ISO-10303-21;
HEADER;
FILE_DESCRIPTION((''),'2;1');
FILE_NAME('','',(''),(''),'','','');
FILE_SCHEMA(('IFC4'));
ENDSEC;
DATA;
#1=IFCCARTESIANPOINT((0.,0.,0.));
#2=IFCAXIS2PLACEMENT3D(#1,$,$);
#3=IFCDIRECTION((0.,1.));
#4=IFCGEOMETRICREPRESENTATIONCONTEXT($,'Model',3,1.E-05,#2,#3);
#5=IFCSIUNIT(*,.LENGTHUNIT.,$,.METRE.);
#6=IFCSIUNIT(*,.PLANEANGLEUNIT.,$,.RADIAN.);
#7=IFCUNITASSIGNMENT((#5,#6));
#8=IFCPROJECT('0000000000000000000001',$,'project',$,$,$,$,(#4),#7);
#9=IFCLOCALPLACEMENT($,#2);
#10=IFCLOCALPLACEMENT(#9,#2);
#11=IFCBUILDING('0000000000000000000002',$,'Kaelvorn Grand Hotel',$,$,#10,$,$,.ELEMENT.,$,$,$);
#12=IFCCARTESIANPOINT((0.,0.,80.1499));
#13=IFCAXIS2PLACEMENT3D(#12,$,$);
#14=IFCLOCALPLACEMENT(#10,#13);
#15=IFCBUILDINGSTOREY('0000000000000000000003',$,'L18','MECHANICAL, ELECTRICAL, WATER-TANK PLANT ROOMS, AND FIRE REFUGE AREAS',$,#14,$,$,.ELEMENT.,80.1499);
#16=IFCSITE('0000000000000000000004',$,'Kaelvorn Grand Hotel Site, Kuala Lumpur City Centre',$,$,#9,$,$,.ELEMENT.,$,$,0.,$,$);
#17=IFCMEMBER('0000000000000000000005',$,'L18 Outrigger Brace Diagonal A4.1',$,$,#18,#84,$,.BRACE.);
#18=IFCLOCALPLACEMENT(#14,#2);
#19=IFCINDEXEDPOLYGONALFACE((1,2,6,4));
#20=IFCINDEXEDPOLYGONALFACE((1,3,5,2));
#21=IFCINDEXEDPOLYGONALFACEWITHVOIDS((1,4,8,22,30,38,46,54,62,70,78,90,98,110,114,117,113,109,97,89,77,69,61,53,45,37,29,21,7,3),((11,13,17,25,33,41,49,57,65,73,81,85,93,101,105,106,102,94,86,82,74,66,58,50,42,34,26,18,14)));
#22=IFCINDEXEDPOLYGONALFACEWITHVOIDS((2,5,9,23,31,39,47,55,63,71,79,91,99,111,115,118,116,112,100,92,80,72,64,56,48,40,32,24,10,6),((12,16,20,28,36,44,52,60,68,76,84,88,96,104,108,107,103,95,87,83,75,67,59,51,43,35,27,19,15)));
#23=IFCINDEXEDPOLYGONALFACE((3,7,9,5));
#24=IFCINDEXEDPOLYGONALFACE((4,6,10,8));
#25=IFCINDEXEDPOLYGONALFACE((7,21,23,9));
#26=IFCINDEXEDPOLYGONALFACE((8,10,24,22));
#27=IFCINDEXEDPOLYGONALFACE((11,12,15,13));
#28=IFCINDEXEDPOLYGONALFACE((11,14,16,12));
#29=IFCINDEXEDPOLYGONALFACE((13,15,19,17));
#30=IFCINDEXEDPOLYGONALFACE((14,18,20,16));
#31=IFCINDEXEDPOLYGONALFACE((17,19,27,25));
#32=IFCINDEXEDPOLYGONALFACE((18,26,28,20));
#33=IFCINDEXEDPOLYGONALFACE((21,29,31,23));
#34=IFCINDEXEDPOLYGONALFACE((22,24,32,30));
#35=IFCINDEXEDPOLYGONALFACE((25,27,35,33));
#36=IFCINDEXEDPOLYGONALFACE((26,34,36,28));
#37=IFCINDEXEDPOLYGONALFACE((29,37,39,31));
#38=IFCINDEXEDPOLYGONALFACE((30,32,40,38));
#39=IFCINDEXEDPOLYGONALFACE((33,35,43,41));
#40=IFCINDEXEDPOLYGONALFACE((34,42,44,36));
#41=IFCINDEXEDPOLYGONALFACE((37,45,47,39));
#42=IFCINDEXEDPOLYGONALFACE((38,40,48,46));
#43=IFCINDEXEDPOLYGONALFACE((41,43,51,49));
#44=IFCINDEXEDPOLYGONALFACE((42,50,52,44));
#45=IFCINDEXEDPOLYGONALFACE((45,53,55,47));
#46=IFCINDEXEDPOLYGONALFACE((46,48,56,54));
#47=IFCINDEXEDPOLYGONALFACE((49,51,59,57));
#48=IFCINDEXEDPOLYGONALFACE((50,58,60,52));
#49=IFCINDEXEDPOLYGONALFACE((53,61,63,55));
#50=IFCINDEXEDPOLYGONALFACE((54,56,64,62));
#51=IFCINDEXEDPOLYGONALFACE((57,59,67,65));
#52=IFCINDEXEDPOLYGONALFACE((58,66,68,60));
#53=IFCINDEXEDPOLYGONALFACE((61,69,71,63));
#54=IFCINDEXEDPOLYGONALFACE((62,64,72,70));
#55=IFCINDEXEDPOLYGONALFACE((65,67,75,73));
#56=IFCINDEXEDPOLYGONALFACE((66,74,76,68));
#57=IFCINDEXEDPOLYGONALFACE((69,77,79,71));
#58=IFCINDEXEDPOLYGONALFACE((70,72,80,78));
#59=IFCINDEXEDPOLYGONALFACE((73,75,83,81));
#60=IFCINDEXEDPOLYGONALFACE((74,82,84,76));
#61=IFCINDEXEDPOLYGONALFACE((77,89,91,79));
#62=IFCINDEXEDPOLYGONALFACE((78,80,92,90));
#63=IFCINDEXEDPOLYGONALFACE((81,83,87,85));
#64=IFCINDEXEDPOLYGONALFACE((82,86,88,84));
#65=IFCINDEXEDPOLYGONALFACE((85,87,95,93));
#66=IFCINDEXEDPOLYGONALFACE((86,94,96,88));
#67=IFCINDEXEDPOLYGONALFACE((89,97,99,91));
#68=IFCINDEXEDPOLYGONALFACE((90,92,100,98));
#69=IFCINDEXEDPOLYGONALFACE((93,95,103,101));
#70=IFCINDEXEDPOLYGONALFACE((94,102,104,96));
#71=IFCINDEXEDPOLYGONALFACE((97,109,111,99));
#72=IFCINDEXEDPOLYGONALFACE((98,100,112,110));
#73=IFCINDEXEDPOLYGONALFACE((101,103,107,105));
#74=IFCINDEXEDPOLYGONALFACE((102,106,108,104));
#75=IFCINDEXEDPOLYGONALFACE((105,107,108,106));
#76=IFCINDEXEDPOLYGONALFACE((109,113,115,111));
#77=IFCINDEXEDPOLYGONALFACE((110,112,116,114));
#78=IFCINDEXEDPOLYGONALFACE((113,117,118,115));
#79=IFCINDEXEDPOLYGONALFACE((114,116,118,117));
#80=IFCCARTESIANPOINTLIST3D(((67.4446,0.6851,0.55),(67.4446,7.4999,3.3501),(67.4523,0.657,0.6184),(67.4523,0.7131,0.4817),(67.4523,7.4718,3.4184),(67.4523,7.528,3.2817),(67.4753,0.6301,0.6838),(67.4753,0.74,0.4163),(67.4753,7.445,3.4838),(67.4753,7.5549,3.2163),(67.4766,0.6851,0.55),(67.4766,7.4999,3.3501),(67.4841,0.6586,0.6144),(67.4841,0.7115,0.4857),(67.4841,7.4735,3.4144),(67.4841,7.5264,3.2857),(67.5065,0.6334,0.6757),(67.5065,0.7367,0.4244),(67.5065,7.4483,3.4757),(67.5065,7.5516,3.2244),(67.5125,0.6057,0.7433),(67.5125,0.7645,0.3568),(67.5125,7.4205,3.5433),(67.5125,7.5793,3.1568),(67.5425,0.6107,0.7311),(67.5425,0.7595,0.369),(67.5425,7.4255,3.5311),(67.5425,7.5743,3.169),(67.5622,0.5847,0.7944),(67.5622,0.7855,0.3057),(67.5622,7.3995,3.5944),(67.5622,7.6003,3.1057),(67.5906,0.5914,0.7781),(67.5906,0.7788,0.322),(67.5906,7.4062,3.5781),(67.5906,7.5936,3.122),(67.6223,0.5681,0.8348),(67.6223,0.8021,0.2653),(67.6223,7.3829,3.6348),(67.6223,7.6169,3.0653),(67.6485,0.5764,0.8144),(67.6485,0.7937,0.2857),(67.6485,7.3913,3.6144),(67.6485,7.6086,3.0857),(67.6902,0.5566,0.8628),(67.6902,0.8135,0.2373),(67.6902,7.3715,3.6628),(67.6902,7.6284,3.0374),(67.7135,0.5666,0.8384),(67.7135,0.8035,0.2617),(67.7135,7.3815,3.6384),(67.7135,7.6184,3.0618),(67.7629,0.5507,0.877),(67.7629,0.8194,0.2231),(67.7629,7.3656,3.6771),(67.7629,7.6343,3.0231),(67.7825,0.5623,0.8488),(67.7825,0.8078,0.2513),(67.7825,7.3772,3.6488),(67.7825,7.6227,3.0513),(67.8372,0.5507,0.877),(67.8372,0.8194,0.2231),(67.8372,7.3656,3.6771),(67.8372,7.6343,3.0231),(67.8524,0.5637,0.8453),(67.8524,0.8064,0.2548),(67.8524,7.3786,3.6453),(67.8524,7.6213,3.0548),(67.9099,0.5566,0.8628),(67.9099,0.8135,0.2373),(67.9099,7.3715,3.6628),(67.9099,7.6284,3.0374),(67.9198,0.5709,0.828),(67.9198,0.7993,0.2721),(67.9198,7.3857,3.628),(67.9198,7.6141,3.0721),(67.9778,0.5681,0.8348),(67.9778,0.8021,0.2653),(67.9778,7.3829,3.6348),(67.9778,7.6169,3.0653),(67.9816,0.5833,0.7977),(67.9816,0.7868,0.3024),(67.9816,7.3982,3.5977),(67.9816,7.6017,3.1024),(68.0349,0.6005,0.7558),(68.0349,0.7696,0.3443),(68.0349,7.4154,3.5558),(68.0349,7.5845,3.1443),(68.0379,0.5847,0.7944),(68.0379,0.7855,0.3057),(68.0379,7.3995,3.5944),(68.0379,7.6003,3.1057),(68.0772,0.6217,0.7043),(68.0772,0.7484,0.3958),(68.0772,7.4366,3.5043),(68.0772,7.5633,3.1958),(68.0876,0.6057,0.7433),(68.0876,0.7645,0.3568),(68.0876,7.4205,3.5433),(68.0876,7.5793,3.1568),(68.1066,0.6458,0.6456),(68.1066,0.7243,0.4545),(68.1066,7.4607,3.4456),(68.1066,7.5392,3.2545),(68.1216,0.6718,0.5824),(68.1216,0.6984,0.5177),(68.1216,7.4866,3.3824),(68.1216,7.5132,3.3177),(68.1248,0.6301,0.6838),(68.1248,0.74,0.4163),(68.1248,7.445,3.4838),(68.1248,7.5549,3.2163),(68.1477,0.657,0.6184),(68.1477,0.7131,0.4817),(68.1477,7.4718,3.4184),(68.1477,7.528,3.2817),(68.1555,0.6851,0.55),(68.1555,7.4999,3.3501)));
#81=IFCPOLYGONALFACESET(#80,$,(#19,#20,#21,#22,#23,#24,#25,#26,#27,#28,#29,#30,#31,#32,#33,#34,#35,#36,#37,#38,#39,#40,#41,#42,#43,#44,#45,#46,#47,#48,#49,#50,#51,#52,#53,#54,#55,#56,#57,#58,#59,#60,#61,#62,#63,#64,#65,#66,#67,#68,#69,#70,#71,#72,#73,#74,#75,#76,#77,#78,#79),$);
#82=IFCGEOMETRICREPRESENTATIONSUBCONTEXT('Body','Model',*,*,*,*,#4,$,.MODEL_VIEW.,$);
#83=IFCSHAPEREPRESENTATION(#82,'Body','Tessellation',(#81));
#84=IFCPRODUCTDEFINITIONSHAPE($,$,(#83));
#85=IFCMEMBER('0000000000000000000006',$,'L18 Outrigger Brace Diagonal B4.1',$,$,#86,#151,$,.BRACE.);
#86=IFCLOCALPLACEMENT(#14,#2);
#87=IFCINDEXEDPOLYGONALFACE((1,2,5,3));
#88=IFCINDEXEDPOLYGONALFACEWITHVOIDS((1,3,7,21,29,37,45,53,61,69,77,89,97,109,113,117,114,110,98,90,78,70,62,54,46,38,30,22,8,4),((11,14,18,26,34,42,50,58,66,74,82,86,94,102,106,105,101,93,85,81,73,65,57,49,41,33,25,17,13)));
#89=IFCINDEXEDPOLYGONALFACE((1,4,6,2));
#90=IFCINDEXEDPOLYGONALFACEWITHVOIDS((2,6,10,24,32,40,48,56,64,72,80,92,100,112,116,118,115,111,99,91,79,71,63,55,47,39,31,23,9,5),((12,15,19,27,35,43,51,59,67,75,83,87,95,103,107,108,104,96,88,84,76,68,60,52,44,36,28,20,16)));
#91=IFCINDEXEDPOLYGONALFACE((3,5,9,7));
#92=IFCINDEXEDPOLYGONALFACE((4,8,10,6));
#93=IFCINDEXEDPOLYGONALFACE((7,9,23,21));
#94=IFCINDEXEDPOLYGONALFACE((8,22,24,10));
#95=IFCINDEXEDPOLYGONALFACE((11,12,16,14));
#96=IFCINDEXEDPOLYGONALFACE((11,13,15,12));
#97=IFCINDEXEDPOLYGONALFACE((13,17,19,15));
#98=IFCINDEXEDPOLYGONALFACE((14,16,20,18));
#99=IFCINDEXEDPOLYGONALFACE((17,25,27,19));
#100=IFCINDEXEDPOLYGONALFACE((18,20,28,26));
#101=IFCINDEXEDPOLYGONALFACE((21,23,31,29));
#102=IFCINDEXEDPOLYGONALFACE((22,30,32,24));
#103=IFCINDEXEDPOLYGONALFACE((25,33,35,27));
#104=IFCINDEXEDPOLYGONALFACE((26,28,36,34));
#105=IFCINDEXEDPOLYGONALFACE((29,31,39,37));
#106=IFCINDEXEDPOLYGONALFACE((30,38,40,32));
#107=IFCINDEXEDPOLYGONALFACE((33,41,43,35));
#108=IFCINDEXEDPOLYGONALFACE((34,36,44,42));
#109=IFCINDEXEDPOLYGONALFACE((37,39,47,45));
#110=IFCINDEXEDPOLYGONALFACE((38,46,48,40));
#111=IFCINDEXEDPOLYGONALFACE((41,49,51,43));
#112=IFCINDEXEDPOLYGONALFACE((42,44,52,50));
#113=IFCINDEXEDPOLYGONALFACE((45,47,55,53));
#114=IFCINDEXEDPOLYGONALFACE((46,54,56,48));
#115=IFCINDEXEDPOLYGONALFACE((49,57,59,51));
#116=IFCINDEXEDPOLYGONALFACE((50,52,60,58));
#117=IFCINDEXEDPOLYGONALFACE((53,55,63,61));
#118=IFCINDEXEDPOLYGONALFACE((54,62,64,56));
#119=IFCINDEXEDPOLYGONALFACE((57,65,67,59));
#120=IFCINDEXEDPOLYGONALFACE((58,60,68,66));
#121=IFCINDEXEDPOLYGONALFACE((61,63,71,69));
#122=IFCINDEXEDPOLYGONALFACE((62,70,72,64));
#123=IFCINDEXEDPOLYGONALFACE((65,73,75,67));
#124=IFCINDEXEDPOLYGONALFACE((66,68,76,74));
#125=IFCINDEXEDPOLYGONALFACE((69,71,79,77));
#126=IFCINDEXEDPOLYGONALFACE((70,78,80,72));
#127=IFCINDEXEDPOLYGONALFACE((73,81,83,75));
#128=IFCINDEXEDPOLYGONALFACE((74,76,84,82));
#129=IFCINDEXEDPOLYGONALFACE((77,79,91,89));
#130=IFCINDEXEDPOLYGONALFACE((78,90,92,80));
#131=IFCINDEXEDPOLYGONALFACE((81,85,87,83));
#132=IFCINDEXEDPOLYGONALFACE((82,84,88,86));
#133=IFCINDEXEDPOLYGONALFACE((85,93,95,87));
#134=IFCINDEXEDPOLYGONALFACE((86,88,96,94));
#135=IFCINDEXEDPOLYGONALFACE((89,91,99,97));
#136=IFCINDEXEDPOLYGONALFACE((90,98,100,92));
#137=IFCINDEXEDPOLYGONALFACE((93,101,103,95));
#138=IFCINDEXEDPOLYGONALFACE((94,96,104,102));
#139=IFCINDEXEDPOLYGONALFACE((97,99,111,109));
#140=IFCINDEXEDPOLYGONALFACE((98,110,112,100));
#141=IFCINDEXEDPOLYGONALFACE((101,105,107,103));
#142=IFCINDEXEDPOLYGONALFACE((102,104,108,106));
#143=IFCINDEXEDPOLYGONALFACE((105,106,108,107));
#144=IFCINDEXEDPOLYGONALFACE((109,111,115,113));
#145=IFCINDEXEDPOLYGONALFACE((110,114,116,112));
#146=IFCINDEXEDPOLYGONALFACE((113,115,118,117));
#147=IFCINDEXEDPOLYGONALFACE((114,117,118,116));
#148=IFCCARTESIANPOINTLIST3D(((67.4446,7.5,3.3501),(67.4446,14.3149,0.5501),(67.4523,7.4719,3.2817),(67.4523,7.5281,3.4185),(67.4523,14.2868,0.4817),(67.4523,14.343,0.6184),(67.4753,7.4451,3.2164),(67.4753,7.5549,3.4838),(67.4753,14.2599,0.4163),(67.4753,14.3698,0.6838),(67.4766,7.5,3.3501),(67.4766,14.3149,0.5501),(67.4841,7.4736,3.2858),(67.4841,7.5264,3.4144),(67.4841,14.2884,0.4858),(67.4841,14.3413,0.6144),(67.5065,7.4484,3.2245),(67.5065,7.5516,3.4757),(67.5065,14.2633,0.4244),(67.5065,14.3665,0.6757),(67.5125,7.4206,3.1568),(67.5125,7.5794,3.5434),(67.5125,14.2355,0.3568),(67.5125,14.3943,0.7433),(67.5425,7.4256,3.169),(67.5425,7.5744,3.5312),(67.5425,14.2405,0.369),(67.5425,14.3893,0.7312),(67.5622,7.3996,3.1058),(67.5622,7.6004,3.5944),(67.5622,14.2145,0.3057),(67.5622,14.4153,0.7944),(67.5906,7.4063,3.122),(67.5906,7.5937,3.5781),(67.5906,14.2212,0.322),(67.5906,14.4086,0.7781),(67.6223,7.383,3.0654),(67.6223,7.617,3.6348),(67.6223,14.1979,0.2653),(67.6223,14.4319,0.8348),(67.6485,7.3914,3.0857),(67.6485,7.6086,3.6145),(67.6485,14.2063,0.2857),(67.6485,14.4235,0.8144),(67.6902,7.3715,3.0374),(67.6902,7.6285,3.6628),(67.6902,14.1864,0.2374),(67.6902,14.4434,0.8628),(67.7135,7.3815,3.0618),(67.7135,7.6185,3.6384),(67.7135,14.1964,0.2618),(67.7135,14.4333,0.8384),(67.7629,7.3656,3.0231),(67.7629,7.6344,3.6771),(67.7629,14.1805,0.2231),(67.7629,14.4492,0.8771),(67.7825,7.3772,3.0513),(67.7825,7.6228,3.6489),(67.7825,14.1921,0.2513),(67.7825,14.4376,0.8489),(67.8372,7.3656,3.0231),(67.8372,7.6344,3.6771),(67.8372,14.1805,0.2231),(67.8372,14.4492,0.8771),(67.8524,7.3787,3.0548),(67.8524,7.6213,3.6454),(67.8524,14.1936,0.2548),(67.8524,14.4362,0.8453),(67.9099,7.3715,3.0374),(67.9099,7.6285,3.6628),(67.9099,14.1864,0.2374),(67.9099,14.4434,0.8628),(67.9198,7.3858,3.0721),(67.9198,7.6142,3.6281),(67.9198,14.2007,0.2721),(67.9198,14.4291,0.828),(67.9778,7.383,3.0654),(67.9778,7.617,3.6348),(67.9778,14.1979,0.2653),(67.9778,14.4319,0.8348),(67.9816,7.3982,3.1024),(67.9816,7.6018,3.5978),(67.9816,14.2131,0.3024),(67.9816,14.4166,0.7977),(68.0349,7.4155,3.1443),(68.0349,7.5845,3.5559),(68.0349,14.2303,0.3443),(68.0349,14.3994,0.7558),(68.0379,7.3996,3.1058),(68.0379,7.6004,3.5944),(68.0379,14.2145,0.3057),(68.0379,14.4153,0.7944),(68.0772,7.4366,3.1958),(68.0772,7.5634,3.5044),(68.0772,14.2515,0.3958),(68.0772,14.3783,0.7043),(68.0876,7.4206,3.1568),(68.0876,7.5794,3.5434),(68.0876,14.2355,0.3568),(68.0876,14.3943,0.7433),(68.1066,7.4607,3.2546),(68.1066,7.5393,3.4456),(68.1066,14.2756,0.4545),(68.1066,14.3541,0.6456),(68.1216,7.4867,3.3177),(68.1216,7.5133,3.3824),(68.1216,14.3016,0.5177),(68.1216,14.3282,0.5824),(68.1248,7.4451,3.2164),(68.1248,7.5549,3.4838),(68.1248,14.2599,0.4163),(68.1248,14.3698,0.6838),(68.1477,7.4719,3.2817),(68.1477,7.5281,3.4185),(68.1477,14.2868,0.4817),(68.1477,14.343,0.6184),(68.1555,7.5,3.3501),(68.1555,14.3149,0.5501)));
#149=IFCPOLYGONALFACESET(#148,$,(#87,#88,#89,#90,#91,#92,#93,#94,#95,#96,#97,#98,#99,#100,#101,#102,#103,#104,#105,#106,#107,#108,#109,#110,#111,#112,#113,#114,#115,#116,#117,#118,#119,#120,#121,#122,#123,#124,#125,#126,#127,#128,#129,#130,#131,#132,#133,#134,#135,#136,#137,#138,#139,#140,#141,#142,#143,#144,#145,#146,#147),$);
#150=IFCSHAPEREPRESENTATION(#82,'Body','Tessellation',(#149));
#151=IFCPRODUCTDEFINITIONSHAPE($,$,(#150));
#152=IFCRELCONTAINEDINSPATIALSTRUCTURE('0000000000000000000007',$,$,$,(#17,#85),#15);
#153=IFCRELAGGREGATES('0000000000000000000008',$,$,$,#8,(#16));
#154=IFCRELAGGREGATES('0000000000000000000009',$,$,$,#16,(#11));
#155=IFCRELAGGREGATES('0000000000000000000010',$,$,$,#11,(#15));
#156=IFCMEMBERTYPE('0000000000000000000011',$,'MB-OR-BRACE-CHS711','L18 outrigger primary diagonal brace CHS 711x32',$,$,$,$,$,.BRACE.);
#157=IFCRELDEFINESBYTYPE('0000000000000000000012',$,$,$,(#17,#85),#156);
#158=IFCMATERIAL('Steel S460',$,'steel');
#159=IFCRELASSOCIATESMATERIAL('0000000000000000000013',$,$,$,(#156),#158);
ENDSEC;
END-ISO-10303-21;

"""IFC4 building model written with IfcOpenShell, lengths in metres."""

from ifc_helpers import new_model, si_unit, direction, frame, origin, origin_2d, place, context, subcontext, project, spatial, hollow_circle, extrude, material, material_profile, profile_set, type_object, element, save


model = new_model("IFC4")

# Units and contexts
model_context = context("Model", 3, precision=1e-05, world=origin(), true_north=direction((0.0, 1.0)))
body_context = subcontext(model_context, "Body", "Model", "MODEL_VIEW")
ifc_project = project(units=[si_unit("LENGTHUNIT", "METRE"), si_unit("PLANEANGLEUNIT", "RADIAN")], contexts=[model_context])

# Site, building, storey
site_placement = place(None, origin())
site = spatial("IfcSite", under=ifc_project, at=site_placement, Name="Kaelvorn Grand Hotel Site, Kuala Lumpur City Centre", CompositionType="ELEMENT", RefElevation=0.0)
building_placement = place(site_placement, origin())
building = spatial("IfcBuilding", under=site, at=building_placement, Name="Kaelvorn Grand Hotel", CompositionType="ELEMENT")
storey_placement = place(building_placement, frame((0.0, 0.0, 80.1499)))
storey = spatial("IfcBuildingStorey", under=building, at=storey_placement, Name="L18", Description="MECHANICAL, ELECTRICAL, WATER-TANK PLANT ROOMS, AND FIRE REFUGE AREAS", CompositionType="ELEMENT", Elevation=80.1499)

# Members
ifc_material_1 = material(Name="Steel S460", Category="steel")
ifc_material_profile_1 = material_profile(ifc_material_1, hollow_circle(Radius=0.3555, WallThickness=0.032, at=origin_2d()), Name="CHS 711.0x32.0")
ifc_profile_set_1 = profile_set([ifc_material_profile_1], Name="Steel S460")
member_type_1 = type_object("IfcMemberType", Name="MB-OR-BRACE-CHS711", Description="L18 outrigger primary diagonal brace CHS 711x32", PredefinedType="BRACE", material=ifc_profile_set_1)
for number, where, z_axis, x_axis, name in (
    (1, (67.8, 0.6851, 0.55), (0.0, 0.924969, 0.380041), (-1.0, 0.0, 0.0), "L18 Outrigger Brace Diagonal A4.1"),
    (2, (67.8, 7.5, 3.3501), (0.0, 0.924969, -0.380041), (-1.0, 0.0, 0.0), "L18 Outrigger Brace Diagonal B4.1"),
):
    element("IfcMember", number, at=place(storey_placement, frame(where, z_axis=z_axis, x_axis=x_axis)), inside=storey, type_object=member_type_1, Name=name, PredefinedType="BRACE", context=body_context, shape_type="SweptSolid", body=[
        extrude(hollow_circle(Radius=0.3555, WallThickness=0.032, at=origin_2d()), origin(), (0.0, 0.0, 1.0), 7.3677),
    ])

save(model, "model.ifc")
